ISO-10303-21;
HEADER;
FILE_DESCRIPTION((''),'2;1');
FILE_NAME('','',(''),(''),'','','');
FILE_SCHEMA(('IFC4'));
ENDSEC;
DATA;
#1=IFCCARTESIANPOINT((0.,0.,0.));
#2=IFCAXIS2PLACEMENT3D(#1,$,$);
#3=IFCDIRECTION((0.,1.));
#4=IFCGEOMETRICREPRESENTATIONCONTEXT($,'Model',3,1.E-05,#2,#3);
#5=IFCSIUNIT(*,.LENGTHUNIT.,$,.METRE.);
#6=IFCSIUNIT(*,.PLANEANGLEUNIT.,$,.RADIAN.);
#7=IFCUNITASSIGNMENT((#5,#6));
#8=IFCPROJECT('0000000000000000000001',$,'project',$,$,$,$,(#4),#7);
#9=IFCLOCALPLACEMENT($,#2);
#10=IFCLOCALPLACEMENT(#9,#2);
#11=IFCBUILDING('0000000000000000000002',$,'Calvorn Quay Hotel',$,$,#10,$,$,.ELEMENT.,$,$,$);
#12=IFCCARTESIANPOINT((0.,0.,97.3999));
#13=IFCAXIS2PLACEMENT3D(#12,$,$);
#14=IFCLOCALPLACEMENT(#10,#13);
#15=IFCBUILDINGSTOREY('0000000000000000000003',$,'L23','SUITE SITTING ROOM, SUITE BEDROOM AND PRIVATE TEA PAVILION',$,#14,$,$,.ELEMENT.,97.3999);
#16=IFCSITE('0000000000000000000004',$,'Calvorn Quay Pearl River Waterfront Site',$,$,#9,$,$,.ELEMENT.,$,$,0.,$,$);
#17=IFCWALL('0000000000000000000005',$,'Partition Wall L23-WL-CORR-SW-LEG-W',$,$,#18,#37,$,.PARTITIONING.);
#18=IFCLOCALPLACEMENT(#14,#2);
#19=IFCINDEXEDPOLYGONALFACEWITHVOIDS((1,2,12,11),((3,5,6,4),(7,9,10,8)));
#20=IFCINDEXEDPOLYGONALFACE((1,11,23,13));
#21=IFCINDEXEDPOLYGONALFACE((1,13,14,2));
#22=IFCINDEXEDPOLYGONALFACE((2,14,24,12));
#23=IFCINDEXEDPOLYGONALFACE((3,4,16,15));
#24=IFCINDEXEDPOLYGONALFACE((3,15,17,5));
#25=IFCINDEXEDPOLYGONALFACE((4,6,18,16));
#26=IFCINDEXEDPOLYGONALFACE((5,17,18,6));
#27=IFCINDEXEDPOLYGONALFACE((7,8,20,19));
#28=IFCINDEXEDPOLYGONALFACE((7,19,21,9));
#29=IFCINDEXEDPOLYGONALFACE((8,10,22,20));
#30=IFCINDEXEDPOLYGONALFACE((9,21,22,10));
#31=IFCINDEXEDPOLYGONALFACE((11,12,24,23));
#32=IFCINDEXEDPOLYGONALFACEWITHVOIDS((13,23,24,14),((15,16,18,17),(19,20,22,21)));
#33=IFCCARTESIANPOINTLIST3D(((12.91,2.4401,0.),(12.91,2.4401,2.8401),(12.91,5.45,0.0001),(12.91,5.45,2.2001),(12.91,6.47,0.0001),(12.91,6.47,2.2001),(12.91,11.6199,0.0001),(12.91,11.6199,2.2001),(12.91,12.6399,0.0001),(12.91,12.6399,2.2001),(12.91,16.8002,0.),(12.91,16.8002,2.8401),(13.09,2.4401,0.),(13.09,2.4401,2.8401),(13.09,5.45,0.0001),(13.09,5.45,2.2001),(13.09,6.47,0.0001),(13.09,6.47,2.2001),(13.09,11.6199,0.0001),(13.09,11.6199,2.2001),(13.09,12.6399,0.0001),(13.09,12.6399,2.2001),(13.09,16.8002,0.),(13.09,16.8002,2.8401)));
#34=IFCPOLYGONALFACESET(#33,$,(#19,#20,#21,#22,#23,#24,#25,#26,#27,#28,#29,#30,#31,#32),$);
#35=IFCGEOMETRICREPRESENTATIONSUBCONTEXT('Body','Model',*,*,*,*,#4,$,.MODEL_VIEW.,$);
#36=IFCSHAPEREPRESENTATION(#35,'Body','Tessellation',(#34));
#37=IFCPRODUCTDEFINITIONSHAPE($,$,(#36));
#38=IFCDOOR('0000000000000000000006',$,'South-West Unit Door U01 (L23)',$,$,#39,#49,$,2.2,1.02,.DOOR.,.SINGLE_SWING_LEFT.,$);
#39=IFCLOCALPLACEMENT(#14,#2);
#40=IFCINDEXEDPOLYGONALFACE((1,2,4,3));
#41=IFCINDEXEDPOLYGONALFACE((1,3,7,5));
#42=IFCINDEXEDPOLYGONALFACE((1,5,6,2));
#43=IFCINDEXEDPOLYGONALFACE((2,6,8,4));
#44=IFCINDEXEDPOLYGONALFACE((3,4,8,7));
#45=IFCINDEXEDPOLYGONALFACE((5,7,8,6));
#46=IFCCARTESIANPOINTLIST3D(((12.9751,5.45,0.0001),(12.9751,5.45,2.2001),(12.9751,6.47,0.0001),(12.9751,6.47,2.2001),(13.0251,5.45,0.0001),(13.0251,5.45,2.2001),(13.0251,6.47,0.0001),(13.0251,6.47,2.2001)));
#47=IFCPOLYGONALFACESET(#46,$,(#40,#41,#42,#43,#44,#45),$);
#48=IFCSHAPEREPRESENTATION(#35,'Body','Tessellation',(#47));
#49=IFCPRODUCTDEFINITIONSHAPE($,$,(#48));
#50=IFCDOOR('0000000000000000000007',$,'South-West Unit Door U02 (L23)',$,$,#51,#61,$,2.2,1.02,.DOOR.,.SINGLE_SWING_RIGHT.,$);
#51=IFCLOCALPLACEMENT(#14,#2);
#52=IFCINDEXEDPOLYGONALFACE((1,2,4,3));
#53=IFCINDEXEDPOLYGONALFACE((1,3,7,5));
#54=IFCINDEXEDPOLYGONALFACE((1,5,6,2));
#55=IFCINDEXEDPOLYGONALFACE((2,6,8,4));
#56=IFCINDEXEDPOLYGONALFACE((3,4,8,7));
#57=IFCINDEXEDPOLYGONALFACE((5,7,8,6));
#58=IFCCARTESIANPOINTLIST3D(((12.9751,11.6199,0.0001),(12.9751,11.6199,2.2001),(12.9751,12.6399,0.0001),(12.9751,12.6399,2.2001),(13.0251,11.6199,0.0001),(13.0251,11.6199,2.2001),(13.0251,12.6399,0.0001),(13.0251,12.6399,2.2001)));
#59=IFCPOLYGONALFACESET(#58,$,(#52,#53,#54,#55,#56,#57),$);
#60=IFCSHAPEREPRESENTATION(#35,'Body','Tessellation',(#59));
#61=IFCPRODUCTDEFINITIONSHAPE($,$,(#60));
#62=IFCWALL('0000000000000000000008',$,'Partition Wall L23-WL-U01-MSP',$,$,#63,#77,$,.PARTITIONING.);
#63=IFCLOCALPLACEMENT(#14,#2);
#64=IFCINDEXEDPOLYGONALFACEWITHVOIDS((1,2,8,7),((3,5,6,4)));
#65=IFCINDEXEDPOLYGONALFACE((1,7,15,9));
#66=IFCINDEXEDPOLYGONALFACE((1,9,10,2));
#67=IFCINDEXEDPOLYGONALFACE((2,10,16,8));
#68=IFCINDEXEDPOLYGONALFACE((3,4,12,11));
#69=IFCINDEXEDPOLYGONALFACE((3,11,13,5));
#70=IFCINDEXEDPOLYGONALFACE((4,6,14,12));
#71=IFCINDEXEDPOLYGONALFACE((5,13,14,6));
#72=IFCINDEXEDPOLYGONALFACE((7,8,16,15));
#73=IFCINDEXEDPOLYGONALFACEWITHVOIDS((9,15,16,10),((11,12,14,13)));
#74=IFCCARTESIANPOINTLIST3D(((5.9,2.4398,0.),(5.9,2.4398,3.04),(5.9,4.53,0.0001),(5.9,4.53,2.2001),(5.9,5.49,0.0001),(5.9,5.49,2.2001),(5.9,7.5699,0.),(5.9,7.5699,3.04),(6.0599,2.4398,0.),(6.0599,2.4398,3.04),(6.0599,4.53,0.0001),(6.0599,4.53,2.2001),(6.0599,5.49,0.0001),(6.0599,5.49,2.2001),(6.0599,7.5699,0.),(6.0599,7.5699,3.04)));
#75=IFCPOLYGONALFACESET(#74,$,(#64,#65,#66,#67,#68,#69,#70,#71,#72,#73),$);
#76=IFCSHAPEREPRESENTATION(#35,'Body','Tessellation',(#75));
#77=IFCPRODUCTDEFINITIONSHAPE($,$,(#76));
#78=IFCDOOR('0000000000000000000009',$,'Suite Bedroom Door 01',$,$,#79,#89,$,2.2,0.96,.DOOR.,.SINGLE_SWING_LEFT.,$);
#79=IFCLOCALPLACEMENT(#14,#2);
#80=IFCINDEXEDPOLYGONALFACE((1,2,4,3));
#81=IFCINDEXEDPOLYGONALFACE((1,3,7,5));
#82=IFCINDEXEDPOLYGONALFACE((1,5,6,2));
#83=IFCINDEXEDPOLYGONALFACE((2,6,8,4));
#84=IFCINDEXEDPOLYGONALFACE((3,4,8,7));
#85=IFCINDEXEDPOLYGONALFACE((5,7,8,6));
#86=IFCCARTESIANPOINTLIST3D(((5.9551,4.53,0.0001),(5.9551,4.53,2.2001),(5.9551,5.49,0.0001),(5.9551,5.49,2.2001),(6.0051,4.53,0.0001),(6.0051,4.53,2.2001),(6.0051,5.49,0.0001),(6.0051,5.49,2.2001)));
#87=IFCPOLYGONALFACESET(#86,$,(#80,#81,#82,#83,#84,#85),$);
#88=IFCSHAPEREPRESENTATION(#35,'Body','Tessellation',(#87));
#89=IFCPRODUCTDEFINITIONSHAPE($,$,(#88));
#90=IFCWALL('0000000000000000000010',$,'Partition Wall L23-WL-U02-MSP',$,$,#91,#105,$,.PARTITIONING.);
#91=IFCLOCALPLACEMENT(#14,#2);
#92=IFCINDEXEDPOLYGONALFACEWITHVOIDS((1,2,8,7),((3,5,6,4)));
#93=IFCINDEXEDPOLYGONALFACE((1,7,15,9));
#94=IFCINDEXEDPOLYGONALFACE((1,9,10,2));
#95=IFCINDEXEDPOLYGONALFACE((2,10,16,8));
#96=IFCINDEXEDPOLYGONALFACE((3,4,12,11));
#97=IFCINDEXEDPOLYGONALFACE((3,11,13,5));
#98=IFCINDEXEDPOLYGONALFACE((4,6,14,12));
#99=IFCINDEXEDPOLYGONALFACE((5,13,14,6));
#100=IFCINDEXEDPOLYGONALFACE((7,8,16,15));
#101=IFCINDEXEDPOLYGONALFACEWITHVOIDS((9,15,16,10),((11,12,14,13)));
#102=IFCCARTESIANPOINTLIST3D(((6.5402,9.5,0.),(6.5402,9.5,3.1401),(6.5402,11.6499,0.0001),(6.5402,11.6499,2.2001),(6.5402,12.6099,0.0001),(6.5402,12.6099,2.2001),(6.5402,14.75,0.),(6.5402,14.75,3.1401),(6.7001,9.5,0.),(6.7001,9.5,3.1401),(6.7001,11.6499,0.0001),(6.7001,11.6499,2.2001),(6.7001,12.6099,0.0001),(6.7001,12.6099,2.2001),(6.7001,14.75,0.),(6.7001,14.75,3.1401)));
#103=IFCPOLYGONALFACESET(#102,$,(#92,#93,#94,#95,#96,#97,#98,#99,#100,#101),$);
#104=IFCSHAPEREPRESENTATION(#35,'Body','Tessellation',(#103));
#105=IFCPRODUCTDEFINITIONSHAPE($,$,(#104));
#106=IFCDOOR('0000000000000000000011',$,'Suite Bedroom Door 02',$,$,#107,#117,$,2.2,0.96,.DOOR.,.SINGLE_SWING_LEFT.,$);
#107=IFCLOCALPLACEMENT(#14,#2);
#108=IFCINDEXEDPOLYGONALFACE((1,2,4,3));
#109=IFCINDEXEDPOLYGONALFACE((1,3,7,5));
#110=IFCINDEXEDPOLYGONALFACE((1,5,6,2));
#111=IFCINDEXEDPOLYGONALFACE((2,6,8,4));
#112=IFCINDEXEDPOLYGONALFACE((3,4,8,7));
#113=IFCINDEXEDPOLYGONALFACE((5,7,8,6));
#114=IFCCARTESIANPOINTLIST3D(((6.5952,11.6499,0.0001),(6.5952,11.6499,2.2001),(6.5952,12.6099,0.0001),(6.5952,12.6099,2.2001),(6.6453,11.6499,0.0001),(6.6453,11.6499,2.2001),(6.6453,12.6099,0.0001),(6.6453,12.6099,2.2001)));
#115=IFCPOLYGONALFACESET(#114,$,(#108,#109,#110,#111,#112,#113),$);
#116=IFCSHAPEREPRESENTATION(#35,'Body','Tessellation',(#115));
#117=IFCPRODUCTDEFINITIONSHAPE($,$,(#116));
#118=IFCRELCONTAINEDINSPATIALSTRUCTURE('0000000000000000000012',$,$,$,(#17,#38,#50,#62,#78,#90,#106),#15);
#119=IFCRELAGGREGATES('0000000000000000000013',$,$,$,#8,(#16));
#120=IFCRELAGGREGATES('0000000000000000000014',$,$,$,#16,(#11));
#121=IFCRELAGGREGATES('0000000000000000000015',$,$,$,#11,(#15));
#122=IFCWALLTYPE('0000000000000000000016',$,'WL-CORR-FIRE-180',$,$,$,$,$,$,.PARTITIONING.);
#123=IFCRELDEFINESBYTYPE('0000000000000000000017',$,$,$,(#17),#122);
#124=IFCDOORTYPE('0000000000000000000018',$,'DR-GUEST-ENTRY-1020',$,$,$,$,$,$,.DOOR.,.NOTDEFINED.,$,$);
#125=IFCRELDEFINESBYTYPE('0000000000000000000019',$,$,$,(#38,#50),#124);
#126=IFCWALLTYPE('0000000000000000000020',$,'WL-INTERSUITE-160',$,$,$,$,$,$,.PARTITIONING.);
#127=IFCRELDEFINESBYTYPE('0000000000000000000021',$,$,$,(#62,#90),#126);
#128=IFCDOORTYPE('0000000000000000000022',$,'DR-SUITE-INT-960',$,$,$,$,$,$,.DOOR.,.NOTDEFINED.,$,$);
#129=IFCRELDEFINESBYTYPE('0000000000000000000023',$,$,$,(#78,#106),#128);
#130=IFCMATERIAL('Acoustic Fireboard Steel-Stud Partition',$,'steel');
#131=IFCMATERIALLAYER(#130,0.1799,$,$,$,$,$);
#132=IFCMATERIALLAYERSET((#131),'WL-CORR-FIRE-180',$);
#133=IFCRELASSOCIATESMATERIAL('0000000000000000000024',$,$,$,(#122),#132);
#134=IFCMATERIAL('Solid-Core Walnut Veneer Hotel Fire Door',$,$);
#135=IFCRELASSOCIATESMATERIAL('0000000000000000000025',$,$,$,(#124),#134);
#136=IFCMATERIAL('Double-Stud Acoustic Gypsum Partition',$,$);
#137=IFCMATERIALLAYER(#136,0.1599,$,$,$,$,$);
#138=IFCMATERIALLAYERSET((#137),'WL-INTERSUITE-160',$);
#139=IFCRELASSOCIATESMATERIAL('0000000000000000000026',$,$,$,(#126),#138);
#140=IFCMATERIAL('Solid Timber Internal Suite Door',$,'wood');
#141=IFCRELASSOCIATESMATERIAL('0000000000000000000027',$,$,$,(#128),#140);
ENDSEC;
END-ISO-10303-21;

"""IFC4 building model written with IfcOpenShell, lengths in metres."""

from ifc_helpers import new_model, si_unit, direction, frame, frame_2d, origin, place, context, subcontext, project, spatial, rectangle, extrude, material, layer, layer_set, type_object, element, fill, save


model = new_model("IFC4")

# Units and contexts
model_context = context("Model", 3, precision=1e-05, world=origin(), true_north=direction((0.0, 1.0)))
body_context = subcontext(model_context, "Body", "Model", "MODEL_VIEW")
ifc_project = project(units=[si_unit("LENGTHUNIT", "METRE"), si_unit("PLANEANGLEUNIT", "RADIAN")], contexts=[model_context])

# Site, building, storey
site_placement = place(None, origin())
site = spatial("IfcSite", under=ifc_project, at=site_placement, Name="Calvorn Quay Pearl River Waterfront Site", CompositionType="ELEMENT", RefElevation=0.0)
building_placement = place(site_placement, origin())
building = spatial("IfcBuilding", under=site, at=building_placement, Name="Calvorn Quay Hotel", CompositionType="ELEMENT")
storey_placement = place(building_placement, frame((0.0, 0.0, 97.3999)))
storey = spatial("IfcBuildingStorey", under=building, at=storey_placement, Name="L23", Description="SUITE SITTING ROOM, SUITE BEDROOM AND PRIVATE TEA PAVILION", CompositionType="ELEMENT", Elevation=97.3999)

# Wall, openings, doors
ifc_material_1 = material(Name="Acoustic Fireboard Steel-Stud Partition", Category="steel")
ifc_layer_1 = layer(ifc_material_1, 0.1799)
ifc_layer_set_1 = layer_set([ifc_layer_1], Name="WL-CORR-FIRE-180")
wall_type_1 = type_object("IfcWallType", Name="WL-CORR-FIRE-180", PredefinedType="PARTITIONING", material=ifc_layer_set_1)
wall_1_placement = place(storey_placement, frame((13.0, 2.4399, 0.0), z_axis=(0.0, 0.0, 1.0), x_axis=(0.0, 1.0, 0.0)))
wall_1 = element("IfcWall", 1, at=wall_1_placement, inside=storey, type_object=wall_type_1, Name="Partition Wall L23-WL-CORR-SW-LEG-W", PredefinedType="PARTITIONING", context=body_context, shape_type="SweptSolid", body=[
    extrude(rectangle(XDim=14.3601, YDim=0.1799, at=frame_2d((7.1802, 0.0))), origin(), (0.0, 0.0, 1.0), 2.8401),
])
opening_1_placement = place(wall_1_placement, frame((3.01, 0.0, 0.0)))
opening_1 = element("IfcOpeningElement", 2, at=opening_1_placement, cuts=wall_1, PredefinedType="OPENING", context=body_context, shape_type="SweptSolid", body=[
    extrude(rectangle(XDim=1.02, YDim=2.2, at=frame_2d((0.51, 1.1001))), frame((0.0, 0.0999, 0.0), z_axis=(0.0, -1.0, 0.0), x_axis=(1.0, 0.0, 0.0)), (0.0, 0.0, 1.0), 0.2),
])
opening_2_placement = place(wall_1_placement, frame((9.1799, 0.0, 0.0)))
opening_2 = element("IfcOpeningElement", 3, at=opening_2_placement, cuts=wall_1, PredefinedType="OPENING", context=body_context, shape_type="SweptSolid", body=[
    extrude(rectangle(XDim=1.02, YDim=2.2, at=frame_2d((0.51, 1.1001))), frame((0.0, 0.0999, 0.0), z_axis=(0.0, -1.0, 0.0), x_axis=(1.0, 0.0, 0.0)), (0.0, 0.0, 1.0), 0.2),
])
ifc_material_2 = material(Name="Solid-Core Walnut Veneer Hotel Fire Door")
door_type_1 = type_object("IfcDoorType", Name="DR-GUEST-ENTRY-1020", OperationType="NOTDEFINED", PredefinedType="DOOR", material=ifc_material_2)
door_1_placement = place(opening_1_placement, origin())
door_1 = element("IfcDoor", 4, at=door_1_placement, inside=storey, type_object=door_type_1, Name="South-West Unit Door U01 (L23)", OperationType="SINGLE_SWING_LEFT", OverallHeight=2.2, OverallWidth=1.02, PredefinedType="DOOR", context=body_context, shape_type="SweptSolid", body=[
    extrude(rectangle(XDim=1.02, YDim=2.2, at=frame_2d((0.51, 1.1001))), frame((0.0, 0.0249, 0.0), z_axis=(0.0, -1.0, 0.0), x_axis=(1.0, 0.0, 0.0)), (0.0, 0.0, 1.0), 0.05),
])
fill(opening_1, door_1)
door_2_placement = place(opening_2_placement, origin())
door_2 = element("IfcDoor", 5, at=door_2_placement, inside=storey, type_object=door_type_1, Name="South-West Unit Door U02 (L23)", OperationType="SINGLE_SWING_RIGHT", OverallHeight=2.2, OverallWidth=1.02, PredefinedType="DOOR", context=body_context, shape_type="SweptSolid", body=[
    extrude(rectangle(XDim=1.02, YDim=2.2, at=frame_2d((0.51, 1.1001))), frame((0.0, 0.0249, 0.0), z_axis=(0.0, -1.0, 0.0), x_axis=(1.0, 0.0, 0.0)), (0.0, 0.0, 1.0), 0.05),
])
fill(opening_2, door_2)

# Walls, openings, doors
ifc_material_3 = material(Name="Double-Stud Acoustic Gypsum Partition")
ifc_layer_2 = layer(ifc_material_3, 0.1599)
ifc_layer_set_2 = layer_set([ifc_layer_2], Name="WL-INTERSUITE-160")
wall_type_2 = type_object("IfcWallType", Name="WL-INTERSUITE-160", PredefinedType="PARTITIONING", material=ifc_layer_set_2)
wall_2_placement = place(storey_placement, frame((5.98, 2.4399, 0.0), z_axis=(0.0, 0.0, 1.0), x_axis=(0.0, 1.0, 0.0)))
wall_2 = element("IfcWall", 6, at=wall_2_placement, inside=storey, type_object=wall_type_2, Name="Partition Wall L23-WL-U01-MSP", PredefinedType="PARTITIONING", context=body_context, shape_type="SweptSolid", body=[
    extrude(rectangle(XDim=5.1301, YDim=0.1599, at=frame_2d((2.5649, 0.0))), origin(), (0.0, 0.0, 1.0), 3.04),
])
opening_3_placement = place(wall_2_placement, frame((2.0901, 0.0, 0.0)))
opening_3 = element("IfcOpeningElement", 7, at=opening_3_placement, cuts=wall_2, PredefinedType="OPENING", context=body_context, shape_type="SweptSolid", body=[
    extrude(rectangle(XDim=0.96, YDim=2.2, at=frame_2d((0.48, 1.1001))), frame((0.0, 0.0898, 0.0), z_axis=(0.0, -1.0, 0.0), x_axis=(1.0, 0.0, 0.0)), (0.0, 0.0, 1.0), 0.1799),
])
ifc_material_4 = material(Name="Solid Timber Internal Suite Door", Category="wood")
door_type_2 = type_object("IfcDoorType", Name="DR-SUITE-INT-960", OperationType="NOTDEFINED", PredefinedType="DOOR", material=ifc_material_4)
door_3_placement = place(opening_3_placement, origin())
door_3 = element("IfcDoor", 8, at=door_3_placement, inside=storey, type_object=door_type_2, Name="Suite Bedroom Door 01", OperationType="SINGLE_SWING_LEFT", OverallHeight=2.2, OverallWidth=0.96, PredefinedType="DOOR", context=body_context, shape_type="SweptSolid", body=[
    extrude(rectangle(XDim=0.96, YDim=2.2, at=frame_2d((0.48, 1.1001))), frame((0.0, 0.0249, 0.0), z_axis=(0.0, -1.0, 0.0), x_axis=(1.0, 0.0, 0.0)), (0.0, 0.0, 1.0), 0.05),
])
fill(opening_3, door_3)
wall_3_placement = place(storey_placement, frame((6.6201, 9.5, 0.0), z_axis=(0.0, 0.0, 1.0), x_axis=(0.0, 1.0, 0.0)))
wall_3 = element("IfcWall", 9, at=wall_3_placement, inside=storey, type_object=wall_type_2, Name="Partition Wall L23-WL-U02-MSP", PredefinedType="PARTITIONING", context=body_context, shape_type="SweptSolid", body=[
    extrude(rectangle(XDim=5.25, YDim=0.1599, at=frame_2d((2.625, 0.0))), origin(), (0.0, 0.0, 1.0), 3.1401),
])
opening_4_placement = place(wall_3_placement, frame((2.1499, 0.0, 0.0)))
opening_4 = element("IfcOpeningElement", 10, at=opening_4_placement, cuts=wall_3, PredefinedType="OPENING", context=body_context, shape_type="SweptSolid", body=[
    extrude(rectangle(XDim=0.96, YDim=2.2, at=frame_2d((0.48, 1.1001))), frame((0.0, 0.0898, 0.0), z_axis=(0.0, -1.0, 0.0), x_axis=(1.0, 0.0, 0.0)), (0.0, 0.0, 1.0), 0.1799),
])
door_4_placement = place(opening_4_placement, origin())
door_4 = element("IfcDoor", 11, at=door_4_placement, inside=storey, type_object=door_type_2, Name="Suite Bedroom Door 02", OperationType="SINGLE_SWING_LEFT", OverallHeight=2.2, OverallWidth=0.96, PredefinedType="DOOR", context=body_context, shape_type="SweptSolid", body=[
    extrude(rectangle(XDim=0.96, YDim=2.2, at=frame_2d((0.48, 1.1001))), frame((0.0, 0.0249, 0.0), z_axis=(0.0, -1.0, 0.0), x_axis=(1.0, 0.0, 0.0)), (0.0, 0.0, 1.0), 0.05),
])
fill(opening_4, door_4)

save(model, "model.ifc")
